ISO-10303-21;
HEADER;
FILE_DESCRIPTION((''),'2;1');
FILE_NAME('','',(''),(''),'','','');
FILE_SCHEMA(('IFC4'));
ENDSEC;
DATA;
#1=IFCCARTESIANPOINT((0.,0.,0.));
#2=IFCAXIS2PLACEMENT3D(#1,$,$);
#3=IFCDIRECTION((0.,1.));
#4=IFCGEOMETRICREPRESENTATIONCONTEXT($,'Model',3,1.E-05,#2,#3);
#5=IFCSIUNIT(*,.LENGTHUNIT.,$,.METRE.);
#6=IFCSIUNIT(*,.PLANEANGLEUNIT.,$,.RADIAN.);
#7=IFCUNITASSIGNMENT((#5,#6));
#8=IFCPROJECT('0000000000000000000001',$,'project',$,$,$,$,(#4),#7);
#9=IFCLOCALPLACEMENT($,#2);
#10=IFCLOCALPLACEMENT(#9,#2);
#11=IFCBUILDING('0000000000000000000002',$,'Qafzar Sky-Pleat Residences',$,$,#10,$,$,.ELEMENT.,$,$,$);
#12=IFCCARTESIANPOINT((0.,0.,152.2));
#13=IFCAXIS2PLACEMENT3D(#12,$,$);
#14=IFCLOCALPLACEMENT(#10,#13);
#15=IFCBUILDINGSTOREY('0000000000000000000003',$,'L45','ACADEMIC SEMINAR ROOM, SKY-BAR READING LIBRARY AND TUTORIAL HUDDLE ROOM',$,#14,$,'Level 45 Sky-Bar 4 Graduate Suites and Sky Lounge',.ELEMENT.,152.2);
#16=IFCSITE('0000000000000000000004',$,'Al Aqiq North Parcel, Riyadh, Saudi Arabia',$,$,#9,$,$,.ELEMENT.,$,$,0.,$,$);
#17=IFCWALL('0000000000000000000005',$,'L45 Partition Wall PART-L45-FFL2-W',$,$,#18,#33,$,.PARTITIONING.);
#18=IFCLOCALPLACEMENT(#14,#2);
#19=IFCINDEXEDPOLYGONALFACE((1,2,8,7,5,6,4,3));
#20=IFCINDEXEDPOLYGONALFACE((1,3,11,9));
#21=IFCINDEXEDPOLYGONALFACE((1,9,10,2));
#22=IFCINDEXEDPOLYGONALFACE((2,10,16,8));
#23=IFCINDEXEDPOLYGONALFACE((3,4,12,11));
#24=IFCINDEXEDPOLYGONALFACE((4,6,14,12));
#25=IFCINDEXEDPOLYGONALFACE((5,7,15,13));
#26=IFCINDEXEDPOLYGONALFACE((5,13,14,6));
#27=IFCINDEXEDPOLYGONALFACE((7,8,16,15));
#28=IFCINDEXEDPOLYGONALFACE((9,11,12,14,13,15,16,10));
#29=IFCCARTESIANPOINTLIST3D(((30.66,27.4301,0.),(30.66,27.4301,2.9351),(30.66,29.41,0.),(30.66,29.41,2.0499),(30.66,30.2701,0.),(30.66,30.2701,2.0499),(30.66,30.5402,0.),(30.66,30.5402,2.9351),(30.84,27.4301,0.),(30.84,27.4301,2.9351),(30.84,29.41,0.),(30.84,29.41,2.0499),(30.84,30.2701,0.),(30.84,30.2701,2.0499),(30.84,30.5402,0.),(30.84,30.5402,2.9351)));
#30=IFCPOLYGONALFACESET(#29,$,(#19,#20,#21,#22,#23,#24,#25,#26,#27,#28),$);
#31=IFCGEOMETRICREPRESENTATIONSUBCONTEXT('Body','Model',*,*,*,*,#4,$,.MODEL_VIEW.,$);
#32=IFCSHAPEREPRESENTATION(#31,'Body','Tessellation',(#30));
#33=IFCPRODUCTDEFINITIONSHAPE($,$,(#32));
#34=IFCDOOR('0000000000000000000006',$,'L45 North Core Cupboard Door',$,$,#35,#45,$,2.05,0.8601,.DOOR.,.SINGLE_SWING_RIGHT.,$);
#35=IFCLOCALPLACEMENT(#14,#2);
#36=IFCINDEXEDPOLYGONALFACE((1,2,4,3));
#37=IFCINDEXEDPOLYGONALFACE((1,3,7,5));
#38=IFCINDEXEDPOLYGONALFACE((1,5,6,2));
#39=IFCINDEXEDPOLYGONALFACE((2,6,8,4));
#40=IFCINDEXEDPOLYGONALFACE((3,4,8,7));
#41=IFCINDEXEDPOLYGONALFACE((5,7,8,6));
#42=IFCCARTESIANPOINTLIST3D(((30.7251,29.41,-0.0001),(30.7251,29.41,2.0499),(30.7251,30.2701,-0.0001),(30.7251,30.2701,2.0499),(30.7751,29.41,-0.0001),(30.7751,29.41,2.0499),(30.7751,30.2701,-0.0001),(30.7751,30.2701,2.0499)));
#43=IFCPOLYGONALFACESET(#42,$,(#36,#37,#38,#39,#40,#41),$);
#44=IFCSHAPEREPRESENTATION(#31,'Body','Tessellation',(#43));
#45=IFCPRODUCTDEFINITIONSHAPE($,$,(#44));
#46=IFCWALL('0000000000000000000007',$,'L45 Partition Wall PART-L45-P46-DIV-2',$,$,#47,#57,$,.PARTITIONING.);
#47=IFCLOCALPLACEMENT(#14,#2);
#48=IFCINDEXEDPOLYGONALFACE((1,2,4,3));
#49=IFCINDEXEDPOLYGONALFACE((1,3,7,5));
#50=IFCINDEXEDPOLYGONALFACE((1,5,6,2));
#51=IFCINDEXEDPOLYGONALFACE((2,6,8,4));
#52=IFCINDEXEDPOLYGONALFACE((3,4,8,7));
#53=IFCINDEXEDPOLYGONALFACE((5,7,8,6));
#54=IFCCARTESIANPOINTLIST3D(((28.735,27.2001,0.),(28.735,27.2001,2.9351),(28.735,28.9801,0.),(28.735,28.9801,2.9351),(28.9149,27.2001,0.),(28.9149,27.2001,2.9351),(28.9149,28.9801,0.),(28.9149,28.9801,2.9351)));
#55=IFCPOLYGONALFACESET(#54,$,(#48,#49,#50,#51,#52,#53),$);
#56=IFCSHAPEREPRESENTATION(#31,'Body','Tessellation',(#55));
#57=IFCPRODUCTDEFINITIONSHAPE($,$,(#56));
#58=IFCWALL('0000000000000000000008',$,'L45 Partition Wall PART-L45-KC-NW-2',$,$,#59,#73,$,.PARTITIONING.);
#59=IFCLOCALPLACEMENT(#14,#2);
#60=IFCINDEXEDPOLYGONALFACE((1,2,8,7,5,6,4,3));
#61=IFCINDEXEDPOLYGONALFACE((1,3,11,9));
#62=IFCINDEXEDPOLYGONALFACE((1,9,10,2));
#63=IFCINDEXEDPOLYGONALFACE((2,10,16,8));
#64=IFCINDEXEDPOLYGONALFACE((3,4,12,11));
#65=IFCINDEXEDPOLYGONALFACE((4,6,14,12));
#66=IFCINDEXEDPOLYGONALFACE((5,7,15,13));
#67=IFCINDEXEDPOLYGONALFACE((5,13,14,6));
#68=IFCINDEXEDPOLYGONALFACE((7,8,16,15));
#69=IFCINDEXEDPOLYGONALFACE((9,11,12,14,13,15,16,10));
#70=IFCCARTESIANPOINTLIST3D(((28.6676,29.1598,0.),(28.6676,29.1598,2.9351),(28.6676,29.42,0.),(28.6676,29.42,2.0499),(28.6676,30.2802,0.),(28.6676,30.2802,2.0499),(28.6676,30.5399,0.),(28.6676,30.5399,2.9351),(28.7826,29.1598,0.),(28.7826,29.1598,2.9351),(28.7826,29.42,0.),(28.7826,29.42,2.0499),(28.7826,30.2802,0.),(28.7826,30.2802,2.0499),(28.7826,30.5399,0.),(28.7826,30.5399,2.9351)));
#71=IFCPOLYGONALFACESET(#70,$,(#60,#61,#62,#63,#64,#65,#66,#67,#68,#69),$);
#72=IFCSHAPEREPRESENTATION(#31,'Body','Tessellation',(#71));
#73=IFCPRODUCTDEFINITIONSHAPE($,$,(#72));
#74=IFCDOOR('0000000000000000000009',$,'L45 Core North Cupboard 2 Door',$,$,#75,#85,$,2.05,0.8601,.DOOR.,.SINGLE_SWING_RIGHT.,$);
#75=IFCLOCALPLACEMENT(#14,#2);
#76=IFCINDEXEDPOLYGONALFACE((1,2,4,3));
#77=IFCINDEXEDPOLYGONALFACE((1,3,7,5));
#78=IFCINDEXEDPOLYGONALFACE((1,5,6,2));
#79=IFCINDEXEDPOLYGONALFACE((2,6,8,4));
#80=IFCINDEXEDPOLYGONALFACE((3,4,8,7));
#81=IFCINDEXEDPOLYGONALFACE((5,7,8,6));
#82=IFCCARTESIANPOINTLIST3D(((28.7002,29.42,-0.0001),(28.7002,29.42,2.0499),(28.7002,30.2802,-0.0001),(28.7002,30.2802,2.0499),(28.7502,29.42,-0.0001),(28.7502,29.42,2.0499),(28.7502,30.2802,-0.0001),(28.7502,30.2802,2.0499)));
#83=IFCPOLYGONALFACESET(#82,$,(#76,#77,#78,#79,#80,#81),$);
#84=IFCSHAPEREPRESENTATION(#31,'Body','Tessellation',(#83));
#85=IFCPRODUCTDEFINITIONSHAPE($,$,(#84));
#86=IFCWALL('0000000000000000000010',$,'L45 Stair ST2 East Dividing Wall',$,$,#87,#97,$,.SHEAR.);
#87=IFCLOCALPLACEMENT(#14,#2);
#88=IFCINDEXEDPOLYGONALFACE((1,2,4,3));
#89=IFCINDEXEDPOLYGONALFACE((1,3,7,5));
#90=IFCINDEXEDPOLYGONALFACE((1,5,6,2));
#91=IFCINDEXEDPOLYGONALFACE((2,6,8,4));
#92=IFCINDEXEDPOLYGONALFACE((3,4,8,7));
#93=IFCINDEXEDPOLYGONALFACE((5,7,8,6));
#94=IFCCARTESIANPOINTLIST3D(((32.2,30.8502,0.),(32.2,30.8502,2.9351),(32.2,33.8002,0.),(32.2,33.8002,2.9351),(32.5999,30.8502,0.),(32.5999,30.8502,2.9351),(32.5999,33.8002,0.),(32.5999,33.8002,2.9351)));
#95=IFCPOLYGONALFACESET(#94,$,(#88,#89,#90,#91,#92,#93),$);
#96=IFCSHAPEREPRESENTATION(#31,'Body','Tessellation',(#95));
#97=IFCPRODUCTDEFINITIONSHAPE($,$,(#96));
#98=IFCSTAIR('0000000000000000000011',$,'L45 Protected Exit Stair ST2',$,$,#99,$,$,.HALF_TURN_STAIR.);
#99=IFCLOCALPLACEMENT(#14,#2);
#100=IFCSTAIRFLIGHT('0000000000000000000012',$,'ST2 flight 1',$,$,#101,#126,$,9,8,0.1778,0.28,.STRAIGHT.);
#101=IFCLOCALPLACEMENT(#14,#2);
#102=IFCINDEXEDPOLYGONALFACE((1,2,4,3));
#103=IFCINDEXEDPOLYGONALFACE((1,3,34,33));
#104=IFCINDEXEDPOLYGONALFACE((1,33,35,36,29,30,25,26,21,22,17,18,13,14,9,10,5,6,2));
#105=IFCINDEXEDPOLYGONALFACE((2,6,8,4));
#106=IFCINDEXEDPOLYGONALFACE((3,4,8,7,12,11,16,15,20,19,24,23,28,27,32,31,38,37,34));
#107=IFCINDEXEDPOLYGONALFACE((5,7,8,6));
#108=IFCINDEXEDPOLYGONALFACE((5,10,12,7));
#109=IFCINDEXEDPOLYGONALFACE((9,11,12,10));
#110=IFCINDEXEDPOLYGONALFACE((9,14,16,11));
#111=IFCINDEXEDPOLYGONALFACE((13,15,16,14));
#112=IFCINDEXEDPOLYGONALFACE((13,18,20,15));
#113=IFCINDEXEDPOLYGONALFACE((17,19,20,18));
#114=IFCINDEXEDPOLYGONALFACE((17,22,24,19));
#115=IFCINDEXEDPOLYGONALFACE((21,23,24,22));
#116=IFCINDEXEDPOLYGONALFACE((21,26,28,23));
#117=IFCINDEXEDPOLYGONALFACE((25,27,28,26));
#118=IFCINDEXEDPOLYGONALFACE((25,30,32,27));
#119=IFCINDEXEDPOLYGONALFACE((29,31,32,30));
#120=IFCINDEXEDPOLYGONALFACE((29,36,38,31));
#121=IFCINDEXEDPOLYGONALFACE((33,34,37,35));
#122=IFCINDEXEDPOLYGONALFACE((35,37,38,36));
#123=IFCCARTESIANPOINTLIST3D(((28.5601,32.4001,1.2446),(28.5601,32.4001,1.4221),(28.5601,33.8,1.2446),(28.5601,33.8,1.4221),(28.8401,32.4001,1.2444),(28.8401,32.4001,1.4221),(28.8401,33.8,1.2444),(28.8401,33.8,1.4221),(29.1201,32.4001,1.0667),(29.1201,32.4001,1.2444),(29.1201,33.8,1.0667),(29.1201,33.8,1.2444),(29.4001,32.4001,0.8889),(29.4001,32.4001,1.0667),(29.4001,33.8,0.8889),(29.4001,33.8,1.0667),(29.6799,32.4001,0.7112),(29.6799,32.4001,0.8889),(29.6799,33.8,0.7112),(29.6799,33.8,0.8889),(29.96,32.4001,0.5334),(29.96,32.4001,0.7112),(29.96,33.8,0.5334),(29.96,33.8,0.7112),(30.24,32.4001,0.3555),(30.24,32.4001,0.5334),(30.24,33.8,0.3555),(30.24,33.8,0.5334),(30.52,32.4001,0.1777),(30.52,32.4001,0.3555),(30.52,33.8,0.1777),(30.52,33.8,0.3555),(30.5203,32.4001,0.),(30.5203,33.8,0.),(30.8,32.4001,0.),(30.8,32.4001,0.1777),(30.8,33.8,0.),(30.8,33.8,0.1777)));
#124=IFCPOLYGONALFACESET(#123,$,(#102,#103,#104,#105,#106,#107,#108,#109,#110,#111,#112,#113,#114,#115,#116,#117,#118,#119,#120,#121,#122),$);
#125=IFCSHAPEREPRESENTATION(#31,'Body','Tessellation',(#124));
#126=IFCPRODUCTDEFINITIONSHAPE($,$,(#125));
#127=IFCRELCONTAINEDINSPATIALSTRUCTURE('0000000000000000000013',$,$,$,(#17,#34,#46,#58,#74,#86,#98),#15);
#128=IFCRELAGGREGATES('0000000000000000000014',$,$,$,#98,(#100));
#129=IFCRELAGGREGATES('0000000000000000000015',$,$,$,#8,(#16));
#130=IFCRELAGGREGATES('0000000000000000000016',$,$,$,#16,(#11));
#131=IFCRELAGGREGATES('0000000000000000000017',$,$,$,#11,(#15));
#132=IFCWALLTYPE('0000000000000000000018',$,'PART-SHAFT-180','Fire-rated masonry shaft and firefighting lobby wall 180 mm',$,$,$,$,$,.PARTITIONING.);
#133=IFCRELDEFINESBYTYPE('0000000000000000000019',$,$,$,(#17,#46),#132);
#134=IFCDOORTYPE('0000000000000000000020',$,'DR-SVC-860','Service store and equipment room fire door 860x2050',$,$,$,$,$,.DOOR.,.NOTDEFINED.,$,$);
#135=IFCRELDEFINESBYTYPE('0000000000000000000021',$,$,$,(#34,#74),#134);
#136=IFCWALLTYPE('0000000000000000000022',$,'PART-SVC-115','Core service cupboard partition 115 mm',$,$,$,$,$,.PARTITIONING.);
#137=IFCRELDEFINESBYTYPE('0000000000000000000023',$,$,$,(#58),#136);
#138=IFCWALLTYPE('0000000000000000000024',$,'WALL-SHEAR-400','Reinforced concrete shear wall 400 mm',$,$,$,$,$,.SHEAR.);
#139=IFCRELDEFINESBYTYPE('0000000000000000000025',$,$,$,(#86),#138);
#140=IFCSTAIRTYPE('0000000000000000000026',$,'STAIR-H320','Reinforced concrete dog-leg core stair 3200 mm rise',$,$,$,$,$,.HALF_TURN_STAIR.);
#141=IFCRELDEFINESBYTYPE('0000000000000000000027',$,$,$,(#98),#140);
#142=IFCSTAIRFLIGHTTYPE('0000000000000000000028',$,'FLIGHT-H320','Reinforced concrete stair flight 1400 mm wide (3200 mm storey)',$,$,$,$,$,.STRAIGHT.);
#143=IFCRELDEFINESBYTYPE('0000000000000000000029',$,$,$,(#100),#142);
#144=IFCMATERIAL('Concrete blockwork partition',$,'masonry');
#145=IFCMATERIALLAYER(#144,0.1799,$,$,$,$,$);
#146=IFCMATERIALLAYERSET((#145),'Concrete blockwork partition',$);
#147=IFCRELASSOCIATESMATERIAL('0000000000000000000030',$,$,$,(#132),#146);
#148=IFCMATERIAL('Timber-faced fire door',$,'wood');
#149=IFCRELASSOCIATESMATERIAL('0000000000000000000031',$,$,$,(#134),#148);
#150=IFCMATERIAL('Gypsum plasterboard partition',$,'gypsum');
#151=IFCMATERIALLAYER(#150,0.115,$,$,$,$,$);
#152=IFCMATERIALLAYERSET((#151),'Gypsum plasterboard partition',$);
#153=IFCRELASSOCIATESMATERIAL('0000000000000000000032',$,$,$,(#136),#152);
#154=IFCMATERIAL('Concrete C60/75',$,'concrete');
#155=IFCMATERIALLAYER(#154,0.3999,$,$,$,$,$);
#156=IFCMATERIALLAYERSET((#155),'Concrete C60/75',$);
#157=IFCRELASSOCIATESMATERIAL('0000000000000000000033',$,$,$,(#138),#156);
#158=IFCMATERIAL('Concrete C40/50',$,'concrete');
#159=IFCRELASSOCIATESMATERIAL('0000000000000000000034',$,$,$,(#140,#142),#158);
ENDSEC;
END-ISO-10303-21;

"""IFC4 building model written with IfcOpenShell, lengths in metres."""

from ifc_helpers import new_model, si_unit, direction, frame, frame_2d, origin, place, context, subcontext, project, spatial, polyline, rectangle, outline, extrude, source, transform, mapped, material, layer, layer_set, type_object, element, fill, aggregate, save


model = new_model("IFC4")

# Units and contexts
model_context = context("Model", 3, precision=1e-05, world=origin(), true_north=direction((0.0, 1.0)))
body_context = subcontext(model_context, "Body", "Model", "MODEL_VIEW")
ifc_project = project(units=[si_unit("LENGTHUNIT", "METRE"), si_unit("PLANEANGLEUNIT", "RADIAN")], contexts=[model_context])

# Site, building, storey
site_placement = place(None, origin())
site = spatial("IfcSite", under=ifc_project, at=site_placement, Name="Al Aqiq North Parcel, Riyadh, Saudi Arabia", CompositionType="ELEMENT", RefElevation=0.0)
building_placement = place(site_placement, origin())
building = spatial("IfcBuilding", under=site, at=building_placement, Name="Qafzar Sky-Pleat Residences", CompositionType="ELEMENT")
storey_placement = place(building_placement, frame((0.0, 0.0, 152.2)))
storey = spatial("IfcBuildingStorey", under=building, at=storey_placement, Name="L45", Description="ACADEMIC SEMINAR ROOM, SKY-BAR READING LIBRARY AND TUTORIAL HUDDLE ROOM", LongName="Level 45 Sky-Bar 4 Graduate Suites and Sky Lounge", CompositionType="ELEMENT", Elevation=152.2)

# Wall, opening, door
ifc_material_1 = material(Name="Concrete blockwork partition", Category="masonry")
ifc_layer_1 = layer(ifc_material_1, 0.1799)
ifc_layer_set_1 = layer_set([ifc_layer_1], Name="Concrete blockwork partition")
wall_type_1 = type_object("IfcWallType", Name="PART-SHAFT-180", Description="Fire-rated masonry shaft and firefighting lobby wall 180 mm", PredefinedType="PARTITIONING", material=ifc_layer_set_1)
wall_1_placement = place(storey_placement, frame((30.75, 27.4299, 0.0), z_axis=(0.0, 0.0, 1.0), x_axis=(0.0, 1.0, 0.0)))
wall_1 = element("IfcWall", 1, at=wall_1_placement, inside=storey, type_object=wall_type_1, Name="L45 Partition Wall PART-L45-FFL2-W", PredefinedType="PARTITIONING", context=body_context, shape_type="SweptSolid", body=[
    extrude(rectangle(XDim=3.1101, YDim=0.1799, at=frame_2d((1.5552, 0.0))), origin(), (0.0, 0.0, 1.0), 2.9351),
])
opening_1_placement = place(wall_1_placement, frame((1.98, 0.0, 0.0)))
opening_1 = element("IfcOpeningElement", 2, at=opening_1_placement, cuts=wall_1, PredefinedType="OPENING", context=body_context, shape_type="SweptSolid", body=[
    extrude(rectangle(XDim=0.8601, YDim=2.05, at=frame_2d((0.4302, 1.0249))), frame((0.0, 0.1001, 0.0), z_axis=(0.0, -1.0, 0.0), x_axis=(1.0, 0.0, 0.0)), (0.0, 0.0, 1.0), 0.2),
])
ifc_material_2 = material(Name="Timber-faced fire door", Category="wood")
door_type_1 = type_object("IfcDoorType", Name="DR-SVC-860", Description="Service store and equipment room fire door 860x2050", OperationType="NOTDEFINED", PredefinedType="DOOR", material=ifc_material_2)
shared_shape_1 = source(origin(), body_context, "Body", "SweptSolid", [
    extrude(rectangle(XDim=0.8601, YDim=2.05, at=frame_2d((0.4302, 1.0249))), frame((0.0, 0.0249, 0.0), z_axis=(0.0, -1.0, 0.0), x_axis=(1.0, 0.0, 0.0)), (0.0, 0.0, 1.0), 0.05),
])
door_1_placement = place(opening_1_placement, origin())
door_1 = element("IfcDoor", 3, at=door_1_placement, inside=storey, type_object=door_type_1, Name="L45 North Core Cupboard Door", OperationType="SINGLE_SWING_RIGHT", OverallHeight=2.05, OverallWidth=0.8601, PredefinedType="DOOR", context=body_context, shape_type="MappedRepresentation", body=[
    mapped(shared_shape_1, transform((0.0, 0.0, 0.0), x_axis=(1.0, 0.0, 0.0), y_axis=(0.0, 1.0, 0.0), z_axis=(0.0, 0.0, 1.0), scale=1.0)),
])
fill(opening_1, door_1)

# Wall
wall_2_placement = place(storey_placement, frame((28.825, 27.2, 0.0), z_axis=(0.0, 0.0, 1.0), x_axis=(0.0, 1.0, 0.0)))
element("IfcWall", 4, at=wall_2_placement, inside=storey, type_object=wall_type_1, Name="L45 Partition Wall PART-L45-P46-DIV-2", PredefinedType="PARTITIONING", context=body_context, shape_type="SweptSolid", body=[
    extrude(rectangle(XDim=1.78, YDim=0.1799, at=frame_2d((0.8901, 0.0))), origin(), (0.0, 0.0, 1.0), 2.9351),
])

# Wall, opening, door
ifc_material_3 = material(Name="Gypsum plasterboard partition", Category="gypsum")
ifc_layer_2 = layer(ifc_material_3, 0.115)
ifc_layer_set_2 = layer_set([ifc_layer_2], Name="Gypsum plasterboard partition")
wall_type_2 = type_object("IfcWallType", Name="PART-SVC-115", Description="Core service cupboard partition 115 mm", PredefinedType="PARTITIONING", material=ifc_layer_set_2)
wall_3_placement = place(storey_placement, frame((28.7251, 29.1599, 0.0), z_axis=(0.0, 0.0, 1.0), x_axis=(0.0, 1.0, 0.0)))
wall_3 = element("IfcWall", 5, at=wall_3_placement, inside=storey, type_object=wall_type_2, Name="L45 Partition Wall PART-L45-KC-NW-2", PredefinedType="PARTITIONING", context=body_context, shape_type="SweptSolid", body=[
    extrude(rectangle(XDim=1.3801, YDim=0.115, at=frame_2d((0.6899, 0.0))), origin(), (0.0, 0.0, 1.0), 2.9351),
])
opening_2_placement = place(wall_3_placement, frame((0.26, 0.0, 0.0)))
opening_2 = element("IfcOpeningElement", 6, at=opening_2_placement, cuts=wall_3, PredefinedType="OPENING", context=body_context, shape_type="SweptSolid", body=[
    extrude(rectangle(XDim=0.8601, YDim=2.05, at=frame_2d((0.4302, 1.0249))), frame((0.0, 0.0674, 0.0), z_axis=(0.0, -1.0, 0.0), x_axis=(1.0, 0.0, 0.0)), (0.0, 0.0, 1.0), 0.135),
])
door_2_placement = place(opening_2_placement, origin())
door_2 = element("IfcDoor", 7, at=door_2_placement, inside=storey, type_object=door_type_1, Name="L45 Core North Cupboard 2 Door", OperationType="SINGLE_SWING_RIGHT", OverallHeight=2.05, OverallWidth=0.8601, PredefinedType="DOOR", context=body_context, shape_type="MappedRepresentation", body=[
    mapped(shared_shape_1, transform((0.0, 0.0, 0.0), x_axis=(1.0, 0.0, 0.0), y_axis=(0.0, 1.0, 0.0), z_axis=(0.0, 0.0, 1.0), scale=1.0)),
])
fill(opening_2, door_2)

# Wall
ifc_material_4 = material(Name="Concrete C60/75", Category="concrete")
ifc_layer_3 = layer(ifc_material_4, 0.3999)
ifc_layer_set_3 = layer_set([ifc_layer_3], Name="Concrete C60/75")
wall_type_3 = type_object("IfcWallType", Name="WALL-SHEAR-400", Description="Reinforced concrete shear wall 400 mm", PredefinedType="SHEAR", material=ifc_layer_set_3)
wall_4_placement = place(storey_placement, frame((32.3999, 30.8501, 0.0), z_axis=(0.0, 0.0, 1.0), x_axis=(0.0, 1.0, 0.0)))
element("IfcWall", 8, at=wall_4_placement, inside=storey, type_object=wall_type_3, Name="L45 Stair ST2 East Dividing Wall", PredefinedType="SHEAR", context=body_context, shape_type="SweptSolid", body=[
    extrude(rectangle(XDim=2.95, YDim=0.3999, at=frame_2d((1.4751, 0.0))), origin(), (0.0, 0.0, 1.0), 2.9351),
])

# Stair, stair flight
ifc_material_5 = material(Name="Concrete C40/50", Category="concrete")
stair_type = type_object("IfcStairType", Name="STAIR-H320", Description="Reinforced concrete dog-leg core stair 3200 mm rise", PredefinedType="HALF_TURN_STAIR", material=ifc_material_5)
stair_placement = place(storey_placement, origin())
stair = element("IfcStair", 9, at=stair_placement, inside=storey, type_object=stair_type, Name="L45 Protected Exit Stair ST2", PredefinedType="HALF_TURN_STAIR")
stair_flight_type = type_object("IfcStairFlightType", Name="FLIGHT-H320", Description="Reinforced concrete stair flight 1400 mm wide (3200 mm storey)", PredefinedType="STRAIGHT", material=ifc_material_5)
shared_shape_2 = source(origin(), body_context, "Body", "SweptSolid", [
    extrude(outline(polyline([(0.0, 0.0), (0.0, 0.1777), (0.28, 0.1777), (0.28, 0.3555), (0.5601, 0.3555), (0.5601, 0.5334), (0.8401, 0.5334), (0.8401, 0.7112), (1.1201, 0.7112), (1.1201, 0.8889), (1.3999, 0.8889), (1.3999, 1.0667), (1.6799, 1.0667), (1.6799, 1.2444), (1.96, 1.2444), (1.96, 1.4221), (2.24, 1.4221), (2.24, 1.6001), (2.24, 1.2446), (0.2798, 0.0), (0.0, 0.0)])), frame((0.0, 0.7, 0.0), z_axis=(0.0, -1.0, 0.0), x_axis=(1.0, 0.0, 0.0)), (0.0, 0.0, 1.0), 1.3999),
])
stair_flight_placement = place(storey_placement, frame((30.8, 33.1001, 0.0), z_axis=(0.0, 0.0, 1.0), x_axis=(-1.0, 0.0, 0.0)))
stair_flight = element("IfcStairFlight", 10, at=stair_flight_placement, type_object=stair_flight_type, Name="ST2 flight 1", NumberOfRisers=9, NumberOfTreads=8, PredefinedType="STRAIGHT", RiserHeight=0.1778, TreadLength=0.28, context=body_context, shape_type="MappedRepresentation", body=[
    mapped(shared_shape_2, transform((0.0, 0.0, 0.0), x_axis=(1.0, 0.0, 0.0), y_axis=(0.0, 1.0, 0.0), z_axis=(0.0, 0.0, 1.0), scale=1.0)),
])
aggregate(stair, [stair_flight])

save(model, "model.ifc")
